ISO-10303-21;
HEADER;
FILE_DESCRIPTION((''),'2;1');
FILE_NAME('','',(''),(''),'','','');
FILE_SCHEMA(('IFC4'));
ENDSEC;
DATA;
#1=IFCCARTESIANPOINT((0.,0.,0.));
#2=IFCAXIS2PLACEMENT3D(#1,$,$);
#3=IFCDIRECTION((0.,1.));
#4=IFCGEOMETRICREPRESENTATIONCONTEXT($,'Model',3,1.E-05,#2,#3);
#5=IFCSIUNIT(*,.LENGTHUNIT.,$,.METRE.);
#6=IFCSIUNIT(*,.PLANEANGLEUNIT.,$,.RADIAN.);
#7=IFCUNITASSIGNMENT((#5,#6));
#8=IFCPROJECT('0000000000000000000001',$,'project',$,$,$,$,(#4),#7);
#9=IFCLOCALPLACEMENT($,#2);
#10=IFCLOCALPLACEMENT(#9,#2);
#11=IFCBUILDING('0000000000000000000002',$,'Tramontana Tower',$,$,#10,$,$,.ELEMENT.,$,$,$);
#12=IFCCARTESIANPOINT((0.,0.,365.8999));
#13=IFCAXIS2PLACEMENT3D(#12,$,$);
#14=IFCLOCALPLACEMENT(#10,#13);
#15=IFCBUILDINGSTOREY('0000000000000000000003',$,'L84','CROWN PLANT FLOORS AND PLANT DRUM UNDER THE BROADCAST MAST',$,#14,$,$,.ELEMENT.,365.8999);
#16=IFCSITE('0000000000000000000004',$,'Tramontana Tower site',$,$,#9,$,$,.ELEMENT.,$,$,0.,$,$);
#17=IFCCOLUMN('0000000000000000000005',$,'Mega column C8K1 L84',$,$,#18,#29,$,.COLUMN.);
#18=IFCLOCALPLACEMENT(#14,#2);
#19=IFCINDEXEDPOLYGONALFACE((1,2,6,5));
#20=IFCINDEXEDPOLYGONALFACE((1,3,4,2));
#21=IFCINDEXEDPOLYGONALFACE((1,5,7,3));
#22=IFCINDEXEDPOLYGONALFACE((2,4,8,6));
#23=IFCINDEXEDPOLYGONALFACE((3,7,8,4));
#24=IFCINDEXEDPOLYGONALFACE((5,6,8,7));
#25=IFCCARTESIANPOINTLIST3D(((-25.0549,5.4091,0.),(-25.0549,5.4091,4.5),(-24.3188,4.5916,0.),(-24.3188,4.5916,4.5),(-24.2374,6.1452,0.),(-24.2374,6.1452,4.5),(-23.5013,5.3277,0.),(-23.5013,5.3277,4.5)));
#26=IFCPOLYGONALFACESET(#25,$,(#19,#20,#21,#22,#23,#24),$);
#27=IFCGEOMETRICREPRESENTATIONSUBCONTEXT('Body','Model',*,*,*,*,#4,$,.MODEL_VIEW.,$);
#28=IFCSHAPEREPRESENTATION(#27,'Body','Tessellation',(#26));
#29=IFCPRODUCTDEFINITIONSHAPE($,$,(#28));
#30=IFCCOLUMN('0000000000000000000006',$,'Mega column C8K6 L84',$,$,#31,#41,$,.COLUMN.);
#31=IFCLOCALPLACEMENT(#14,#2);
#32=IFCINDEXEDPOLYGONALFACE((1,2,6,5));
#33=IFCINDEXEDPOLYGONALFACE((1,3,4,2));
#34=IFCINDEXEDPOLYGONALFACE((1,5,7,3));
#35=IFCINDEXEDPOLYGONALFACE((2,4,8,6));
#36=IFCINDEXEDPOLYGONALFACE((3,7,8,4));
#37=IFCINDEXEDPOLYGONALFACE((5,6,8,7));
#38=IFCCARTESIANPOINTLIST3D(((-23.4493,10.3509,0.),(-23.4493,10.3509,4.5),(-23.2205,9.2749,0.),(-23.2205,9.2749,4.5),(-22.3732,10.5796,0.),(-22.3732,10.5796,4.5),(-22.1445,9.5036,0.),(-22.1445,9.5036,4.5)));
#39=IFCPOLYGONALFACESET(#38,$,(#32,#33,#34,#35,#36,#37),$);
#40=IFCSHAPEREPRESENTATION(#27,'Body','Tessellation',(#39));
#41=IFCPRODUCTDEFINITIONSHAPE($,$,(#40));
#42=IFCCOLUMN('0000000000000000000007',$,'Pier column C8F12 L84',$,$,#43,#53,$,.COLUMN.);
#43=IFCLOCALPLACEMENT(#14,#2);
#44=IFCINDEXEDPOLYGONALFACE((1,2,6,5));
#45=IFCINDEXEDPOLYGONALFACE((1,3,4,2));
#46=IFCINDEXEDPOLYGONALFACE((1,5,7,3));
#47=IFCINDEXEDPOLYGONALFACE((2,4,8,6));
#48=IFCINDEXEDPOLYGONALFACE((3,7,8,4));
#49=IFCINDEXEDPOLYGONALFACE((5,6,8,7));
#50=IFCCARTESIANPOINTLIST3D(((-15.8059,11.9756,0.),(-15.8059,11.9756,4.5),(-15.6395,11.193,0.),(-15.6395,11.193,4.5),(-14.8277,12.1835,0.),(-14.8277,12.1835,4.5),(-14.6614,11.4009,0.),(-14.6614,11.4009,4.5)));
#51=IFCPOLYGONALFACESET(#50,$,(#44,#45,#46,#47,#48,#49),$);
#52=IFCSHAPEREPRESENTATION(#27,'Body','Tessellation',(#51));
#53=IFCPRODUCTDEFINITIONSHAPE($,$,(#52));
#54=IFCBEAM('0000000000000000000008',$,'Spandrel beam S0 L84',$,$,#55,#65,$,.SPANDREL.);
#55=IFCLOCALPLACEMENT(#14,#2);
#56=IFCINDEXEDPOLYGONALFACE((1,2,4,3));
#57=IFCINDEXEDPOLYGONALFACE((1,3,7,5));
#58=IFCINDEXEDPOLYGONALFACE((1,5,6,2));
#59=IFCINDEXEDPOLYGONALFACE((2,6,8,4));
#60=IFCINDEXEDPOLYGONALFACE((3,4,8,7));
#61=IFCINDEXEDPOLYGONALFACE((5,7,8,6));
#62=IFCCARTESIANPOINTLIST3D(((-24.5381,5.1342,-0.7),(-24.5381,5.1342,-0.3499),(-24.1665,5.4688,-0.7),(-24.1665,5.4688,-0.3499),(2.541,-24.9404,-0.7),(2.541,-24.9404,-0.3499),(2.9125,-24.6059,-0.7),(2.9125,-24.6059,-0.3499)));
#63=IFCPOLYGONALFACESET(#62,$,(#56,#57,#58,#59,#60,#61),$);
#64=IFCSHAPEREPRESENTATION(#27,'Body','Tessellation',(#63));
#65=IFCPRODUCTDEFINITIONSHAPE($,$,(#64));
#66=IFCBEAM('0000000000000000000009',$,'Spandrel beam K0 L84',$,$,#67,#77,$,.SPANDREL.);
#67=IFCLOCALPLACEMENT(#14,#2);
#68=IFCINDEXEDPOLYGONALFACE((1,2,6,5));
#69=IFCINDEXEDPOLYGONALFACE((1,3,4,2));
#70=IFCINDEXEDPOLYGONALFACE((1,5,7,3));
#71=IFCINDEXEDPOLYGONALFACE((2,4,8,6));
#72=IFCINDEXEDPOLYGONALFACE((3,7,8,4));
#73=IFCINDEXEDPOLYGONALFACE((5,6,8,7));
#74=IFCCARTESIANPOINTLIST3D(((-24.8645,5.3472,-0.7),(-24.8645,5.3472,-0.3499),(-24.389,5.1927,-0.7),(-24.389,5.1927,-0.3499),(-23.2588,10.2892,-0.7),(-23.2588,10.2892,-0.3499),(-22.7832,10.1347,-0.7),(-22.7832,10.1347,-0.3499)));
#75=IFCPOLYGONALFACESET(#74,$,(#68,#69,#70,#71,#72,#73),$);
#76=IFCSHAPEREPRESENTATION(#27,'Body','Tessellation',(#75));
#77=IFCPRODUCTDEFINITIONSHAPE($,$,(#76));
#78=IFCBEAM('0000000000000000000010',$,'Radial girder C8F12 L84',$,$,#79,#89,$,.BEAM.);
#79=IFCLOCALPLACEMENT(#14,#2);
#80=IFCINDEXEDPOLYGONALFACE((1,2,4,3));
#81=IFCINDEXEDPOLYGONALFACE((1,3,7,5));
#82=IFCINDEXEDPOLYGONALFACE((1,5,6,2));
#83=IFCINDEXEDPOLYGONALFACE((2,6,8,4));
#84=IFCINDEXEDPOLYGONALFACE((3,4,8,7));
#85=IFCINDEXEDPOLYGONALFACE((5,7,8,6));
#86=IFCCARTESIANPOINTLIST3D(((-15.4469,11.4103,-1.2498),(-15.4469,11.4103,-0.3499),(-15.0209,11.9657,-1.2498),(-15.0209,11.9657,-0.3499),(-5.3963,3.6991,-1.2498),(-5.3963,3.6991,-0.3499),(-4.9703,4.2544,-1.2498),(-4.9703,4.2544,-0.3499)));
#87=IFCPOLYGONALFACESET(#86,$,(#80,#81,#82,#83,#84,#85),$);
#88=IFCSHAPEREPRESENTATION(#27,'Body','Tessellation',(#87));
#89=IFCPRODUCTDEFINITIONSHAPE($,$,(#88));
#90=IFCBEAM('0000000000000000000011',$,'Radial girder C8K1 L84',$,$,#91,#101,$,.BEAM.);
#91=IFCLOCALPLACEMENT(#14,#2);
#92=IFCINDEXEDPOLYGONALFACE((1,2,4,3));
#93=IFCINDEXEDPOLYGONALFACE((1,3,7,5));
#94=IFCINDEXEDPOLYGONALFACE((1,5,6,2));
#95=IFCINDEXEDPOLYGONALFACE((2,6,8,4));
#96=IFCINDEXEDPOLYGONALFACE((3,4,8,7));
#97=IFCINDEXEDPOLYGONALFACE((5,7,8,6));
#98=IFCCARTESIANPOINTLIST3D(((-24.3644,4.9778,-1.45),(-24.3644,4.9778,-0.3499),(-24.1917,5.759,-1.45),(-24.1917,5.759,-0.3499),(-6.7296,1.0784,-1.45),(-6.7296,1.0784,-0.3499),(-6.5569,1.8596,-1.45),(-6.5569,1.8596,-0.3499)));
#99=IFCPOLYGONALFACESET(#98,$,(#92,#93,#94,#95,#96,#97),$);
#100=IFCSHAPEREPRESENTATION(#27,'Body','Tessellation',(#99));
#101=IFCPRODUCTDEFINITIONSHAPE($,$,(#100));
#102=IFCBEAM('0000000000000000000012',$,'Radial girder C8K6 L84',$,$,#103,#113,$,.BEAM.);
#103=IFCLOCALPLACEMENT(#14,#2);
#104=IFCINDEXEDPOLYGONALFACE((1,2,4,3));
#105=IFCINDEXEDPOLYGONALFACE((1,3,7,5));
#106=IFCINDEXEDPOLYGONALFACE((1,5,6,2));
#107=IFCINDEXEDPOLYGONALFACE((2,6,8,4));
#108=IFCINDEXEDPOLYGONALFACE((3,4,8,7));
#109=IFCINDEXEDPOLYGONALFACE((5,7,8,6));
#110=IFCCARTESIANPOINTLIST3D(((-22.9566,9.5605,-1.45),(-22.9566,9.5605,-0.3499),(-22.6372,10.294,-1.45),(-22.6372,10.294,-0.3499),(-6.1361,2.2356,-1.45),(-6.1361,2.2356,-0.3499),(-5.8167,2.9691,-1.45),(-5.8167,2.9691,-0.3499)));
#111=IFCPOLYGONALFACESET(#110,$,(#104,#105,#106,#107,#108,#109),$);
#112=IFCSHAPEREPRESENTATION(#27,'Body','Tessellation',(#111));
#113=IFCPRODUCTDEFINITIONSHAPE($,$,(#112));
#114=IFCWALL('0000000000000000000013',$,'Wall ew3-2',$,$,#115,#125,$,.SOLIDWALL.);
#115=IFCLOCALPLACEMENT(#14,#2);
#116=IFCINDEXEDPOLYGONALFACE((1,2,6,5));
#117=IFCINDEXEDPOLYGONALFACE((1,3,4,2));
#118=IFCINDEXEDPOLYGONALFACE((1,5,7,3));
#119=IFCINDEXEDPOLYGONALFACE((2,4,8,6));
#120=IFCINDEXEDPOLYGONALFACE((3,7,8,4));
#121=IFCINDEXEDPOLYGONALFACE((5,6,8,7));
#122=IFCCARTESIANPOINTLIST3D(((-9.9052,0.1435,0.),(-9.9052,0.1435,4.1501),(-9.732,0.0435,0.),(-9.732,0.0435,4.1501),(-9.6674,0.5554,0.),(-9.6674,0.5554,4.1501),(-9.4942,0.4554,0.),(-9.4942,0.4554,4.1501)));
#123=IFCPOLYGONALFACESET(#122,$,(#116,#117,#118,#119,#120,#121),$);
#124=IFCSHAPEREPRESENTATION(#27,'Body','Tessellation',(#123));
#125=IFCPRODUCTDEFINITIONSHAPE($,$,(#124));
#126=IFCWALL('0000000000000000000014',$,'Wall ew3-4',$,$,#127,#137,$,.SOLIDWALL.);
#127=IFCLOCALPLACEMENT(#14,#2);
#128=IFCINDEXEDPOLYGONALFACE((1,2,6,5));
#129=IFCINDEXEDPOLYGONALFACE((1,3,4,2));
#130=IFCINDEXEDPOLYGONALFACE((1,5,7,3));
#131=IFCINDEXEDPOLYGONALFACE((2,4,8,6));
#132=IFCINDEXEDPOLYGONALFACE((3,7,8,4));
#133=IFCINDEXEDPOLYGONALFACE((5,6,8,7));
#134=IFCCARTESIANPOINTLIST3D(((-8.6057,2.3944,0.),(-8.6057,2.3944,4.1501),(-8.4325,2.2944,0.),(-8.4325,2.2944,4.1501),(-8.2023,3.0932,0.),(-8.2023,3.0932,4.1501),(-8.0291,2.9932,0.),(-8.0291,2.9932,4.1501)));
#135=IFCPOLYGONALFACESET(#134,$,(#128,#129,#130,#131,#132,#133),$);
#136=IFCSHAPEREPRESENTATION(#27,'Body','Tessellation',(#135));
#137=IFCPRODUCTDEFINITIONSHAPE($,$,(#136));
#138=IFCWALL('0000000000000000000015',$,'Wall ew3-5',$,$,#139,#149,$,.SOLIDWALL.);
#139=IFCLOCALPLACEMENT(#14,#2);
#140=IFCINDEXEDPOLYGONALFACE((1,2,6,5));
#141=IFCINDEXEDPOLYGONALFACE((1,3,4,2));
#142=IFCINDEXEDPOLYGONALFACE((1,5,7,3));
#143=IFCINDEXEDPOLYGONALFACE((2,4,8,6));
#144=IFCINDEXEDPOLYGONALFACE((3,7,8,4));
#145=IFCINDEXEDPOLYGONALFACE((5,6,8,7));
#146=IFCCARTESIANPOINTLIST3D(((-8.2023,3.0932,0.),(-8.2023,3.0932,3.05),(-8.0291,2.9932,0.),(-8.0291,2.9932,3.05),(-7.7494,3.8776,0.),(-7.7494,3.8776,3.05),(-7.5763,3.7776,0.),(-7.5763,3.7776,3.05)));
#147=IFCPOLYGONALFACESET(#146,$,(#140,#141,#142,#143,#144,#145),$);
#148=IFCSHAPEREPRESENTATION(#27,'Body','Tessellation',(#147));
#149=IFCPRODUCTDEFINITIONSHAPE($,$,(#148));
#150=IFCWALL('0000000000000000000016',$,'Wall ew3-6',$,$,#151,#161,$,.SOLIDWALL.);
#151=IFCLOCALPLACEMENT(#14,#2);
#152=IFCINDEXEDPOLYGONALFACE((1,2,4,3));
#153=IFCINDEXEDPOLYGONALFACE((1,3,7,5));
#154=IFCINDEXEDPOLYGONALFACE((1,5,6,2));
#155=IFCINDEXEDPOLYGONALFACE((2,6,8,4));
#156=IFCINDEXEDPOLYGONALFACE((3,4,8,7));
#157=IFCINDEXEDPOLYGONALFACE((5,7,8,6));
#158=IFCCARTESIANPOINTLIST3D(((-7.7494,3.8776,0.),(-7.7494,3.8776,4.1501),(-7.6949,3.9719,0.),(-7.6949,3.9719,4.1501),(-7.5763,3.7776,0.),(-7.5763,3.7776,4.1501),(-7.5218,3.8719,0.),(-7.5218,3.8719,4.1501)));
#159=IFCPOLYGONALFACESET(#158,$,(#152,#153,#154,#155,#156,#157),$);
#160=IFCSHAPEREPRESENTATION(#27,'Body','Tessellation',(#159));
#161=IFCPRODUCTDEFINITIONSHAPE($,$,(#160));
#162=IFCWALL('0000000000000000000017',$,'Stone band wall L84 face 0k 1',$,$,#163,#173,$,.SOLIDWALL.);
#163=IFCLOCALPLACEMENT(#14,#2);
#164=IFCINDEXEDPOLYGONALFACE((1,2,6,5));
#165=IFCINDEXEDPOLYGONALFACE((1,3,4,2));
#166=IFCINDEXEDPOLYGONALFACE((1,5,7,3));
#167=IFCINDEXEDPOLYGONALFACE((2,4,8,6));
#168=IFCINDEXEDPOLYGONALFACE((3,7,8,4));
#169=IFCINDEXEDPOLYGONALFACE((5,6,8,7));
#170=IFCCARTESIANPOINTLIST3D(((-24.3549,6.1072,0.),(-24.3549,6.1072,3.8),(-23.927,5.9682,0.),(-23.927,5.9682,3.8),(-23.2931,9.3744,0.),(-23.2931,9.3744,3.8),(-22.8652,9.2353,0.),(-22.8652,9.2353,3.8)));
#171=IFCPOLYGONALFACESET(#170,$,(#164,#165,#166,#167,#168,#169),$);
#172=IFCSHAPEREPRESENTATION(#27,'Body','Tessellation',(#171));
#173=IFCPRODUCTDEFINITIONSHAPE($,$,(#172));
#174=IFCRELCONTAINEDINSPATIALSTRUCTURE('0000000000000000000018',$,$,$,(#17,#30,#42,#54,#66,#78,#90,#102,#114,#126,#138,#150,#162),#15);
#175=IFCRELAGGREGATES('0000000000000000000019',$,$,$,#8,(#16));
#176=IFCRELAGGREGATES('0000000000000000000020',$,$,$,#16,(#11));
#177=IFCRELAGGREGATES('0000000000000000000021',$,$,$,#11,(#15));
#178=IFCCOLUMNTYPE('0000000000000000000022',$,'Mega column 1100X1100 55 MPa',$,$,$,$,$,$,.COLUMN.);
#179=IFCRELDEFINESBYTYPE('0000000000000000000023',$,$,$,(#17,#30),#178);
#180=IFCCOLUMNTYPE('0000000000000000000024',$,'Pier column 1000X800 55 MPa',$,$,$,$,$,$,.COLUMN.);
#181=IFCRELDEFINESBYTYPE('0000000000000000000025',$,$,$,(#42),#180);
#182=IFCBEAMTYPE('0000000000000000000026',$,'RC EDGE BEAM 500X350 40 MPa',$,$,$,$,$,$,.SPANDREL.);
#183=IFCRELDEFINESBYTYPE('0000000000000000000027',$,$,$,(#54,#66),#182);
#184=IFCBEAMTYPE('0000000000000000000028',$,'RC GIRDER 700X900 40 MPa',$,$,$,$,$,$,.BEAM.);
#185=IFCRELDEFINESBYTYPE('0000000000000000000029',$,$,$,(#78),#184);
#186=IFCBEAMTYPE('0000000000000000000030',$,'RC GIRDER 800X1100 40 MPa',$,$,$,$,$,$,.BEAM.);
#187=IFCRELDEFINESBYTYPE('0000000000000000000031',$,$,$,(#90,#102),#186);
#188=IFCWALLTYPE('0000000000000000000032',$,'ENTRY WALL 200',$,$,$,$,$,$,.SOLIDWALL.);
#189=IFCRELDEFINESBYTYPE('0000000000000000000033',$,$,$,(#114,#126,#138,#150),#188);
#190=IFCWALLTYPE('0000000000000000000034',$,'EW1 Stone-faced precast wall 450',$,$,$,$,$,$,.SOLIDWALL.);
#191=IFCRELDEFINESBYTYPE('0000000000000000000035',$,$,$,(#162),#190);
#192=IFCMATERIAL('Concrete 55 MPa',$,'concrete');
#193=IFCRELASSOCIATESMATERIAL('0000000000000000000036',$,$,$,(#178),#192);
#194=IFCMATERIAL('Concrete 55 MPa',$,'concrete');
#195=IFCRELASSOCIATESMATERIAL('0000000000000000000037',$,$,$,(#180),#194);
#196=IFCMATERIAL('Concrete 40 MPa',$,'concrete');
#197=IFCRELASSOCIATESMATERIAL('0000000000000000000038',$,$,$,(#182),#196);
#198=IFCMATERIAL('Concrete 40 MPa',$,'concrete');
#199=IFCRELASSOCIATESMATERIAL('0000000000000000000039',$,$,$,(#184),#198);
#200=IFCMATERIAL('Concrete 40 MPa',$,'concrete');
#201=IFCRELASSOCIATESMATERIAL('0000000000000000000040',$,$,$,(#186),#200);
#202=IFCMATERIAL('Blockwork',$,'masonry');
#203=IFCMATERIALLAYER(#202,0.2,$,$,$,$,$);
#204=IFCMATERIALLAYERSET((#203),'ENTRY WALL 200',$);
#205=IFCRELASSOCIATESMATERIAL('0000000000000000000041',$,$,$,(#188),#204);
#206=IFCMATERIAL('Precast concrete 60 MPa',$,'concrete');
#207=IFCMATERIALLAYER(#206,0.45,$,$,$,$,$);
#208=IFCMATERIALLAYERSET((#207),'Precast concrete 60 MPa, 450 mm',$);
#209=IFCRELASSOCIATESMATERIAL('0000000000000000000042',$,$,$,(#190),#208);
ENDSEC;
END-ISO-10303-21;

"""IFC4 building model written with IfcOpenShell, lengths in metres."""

from ifc_helpers import new_model, si_unit, direction, frame, frame_2d, origin, origin_2d, place, context, subcontext, project, spatial, rectangle, extrude, material, layer, layer_set, material_profile, profile_set, type_object, element, save


model = new_model("IFC4")

# Units and contexts
model_context = context("Model", 3, precision=1e-05, world=origin(), true_north=direction((0.0, 1.0)))
body_context = subcontext(model_context, "Body", "Model", "MODEL_VIEW")
ifc_project = project(units=[si_unit("LENGTHUNIT", "METRE"), si_unit("PLANEANGLEUNIT", "RADIAN")], contexts=[model_context])

# Site, building, storey
site_placement = place(None, origin())
site = spatial("IfcSite", under=ifc_project, at=site_placement, Name="Tramontana Tower site", CompositionType="ELEMENT", RefElevation=0.0)
building_placement = place(site_placement, origin())
building = spatial("IfcBuilding", under=site, at=building_placement, Name="Tramontana Tower", CompositionType="ELEMENT")
storey_placement = place(building_placement, frame((0.0, 0.0, 365.8999)))
storey = spatial("IfcBuildingStorey", under=building, at=storey_placement, Name="L84", Description="CROWN PLANT FLOORS AND PLANT DRUM UNDER THE BROADCAST MAST", CompositionType="ELEMENT", Elevation=365.8999)

# Columns
ifc_material_1 = material(Name="Concrete 55 MPa", Category="concrete")
ifc_material_profile_1 = material_profile(ifc_material_1, rectangle(XDim=1.1001, YDim=1.1001, at=origin_2d()), Name="Mega column 1100X1100 55 MPa")
ifc_profile_set_1 = profile_set([ifc_material_profile_1], Name="Concrete 55 MPa")
column_type_1 = type_object("IfcColumnType", Name="Mega column 1100X1100 55 MPa", PredefinedType="COLUMN", material=ifc_profile_set_1)
for number, where, z_axis, x_axis, name in (
    (1, (-24.2781, 5.3684, 0.0), (0.0, 0.0, 1.0), (0.669131, -0.743145, 0.0), "Mega column C8K1 L84"),
    (2, (-22.7969, 9.9272, 0.0), (0.0, 0.0, 1.0), (-0.978148, -0.207912, 0.0), "Mega column C8K6 L84"),
):
    element("IfcColumn", number, at=place(storey_placement, frame(where, z_axis=z_axis, x_axis=x_axis)), inside=storey, type_object=column_type_1, Name=name, PredefinedType="COLUMN", context=body_context, shape_type="SweptSolid", body=[
        extrude(rectangle(XDim=1.1001, YDim=1.1001, at=origin_2d()), origin(), (0.0, 0.0, 1.0), 4.5),
    ])
ifc_material_2 = material(Name="Concrete 55 MPa", Category="concrete")
ifc_material_profile_2 = material_profile(ifc_material_2, rectangle(XDim=1.0, YDim=0.8, at=origin_2d()), Name="Pier column 1000X800 55 MPa")
ifc_profile_set_2 = profile_set([ifc_material_profile_2], Name="Concrete 55 MPa")
column_type_2 = type_object("IfcColumnType", Name="Pier column 1000X800 55 MPa", PredefinedType="COLUMN", material=ifc_profile_set_2)
column_placement = place(storey_placement, frame((-15.2336, 11.6882, 0.0), z_axis=(0.0, 0.0, 1.0), x_axis=(-0.978148, -0.207912, 0.0)))
element("IfcColumn", 3, at=column_placement, inside=storey, type_object=column_type_2, Name="Pier column C8F12 L84", PredefinedType="COLUMN", context=body_context, shape_type="SweptSolid", body=[
    extrude(rectangle(XDim=1.0, YDim=0.8, at=origin_2d()), origin(), (0.0, 0.0, 1.0), 4.5),
])

# Beams
ifc_material_3 = material(Name="Concrete 40 MPa", Category="concrete")
ifc_material_profile_3 = material_profile(ifc_material_3, rectangle(XDim=0.5, YDim=0.3501, at=origin_2d()), Name="RC EDGE BEAM 500X350 40 MPa")
ifc_profile_set_3 = profile_set([ifc_material_profile_3], Name="Concrete 40 MPa")
beam_type_1 = type_object("IfcBeamType", Name="RC EDGE BEAM 500X350 40 MPa", PredefinedType="SPANDREL", material=ifc_profile_set_3)
beam_1_placement = place(storey_placement, frame((-24.3523, 5.3015, -0.5249), z_axis=(0.669127, -0.743148, 0.0), x_axis=(0.743148, 0.669127, 0.0)))
element("IfcBeam", 4, at=beam_1_placement, inside=storey, type_object=beam_type_1, Name="Spandrel beam S0 L84", PredefinedType="SPANDREL", context=body_context, shape_type="SweptSolid", body=[
    extrude(rectangle(XDim=0.5, YDim=0.3501, at=origin_2d()), origin(), (0.0, 0.0, 1.0), 40.4692),
])
beam_2_placement = place(storey_placement, frame((-23.021, 10.2119, -0.5249), z_axis=(-0.309016, -0.951057, 0.0), x_axis=(0.951057, -0.309016, 0.0)))
element("IfcBeam", 5, at=beam_2_placement, inside=storey, type_object=beam_type_1, Name="Spandrel beam K0 L84", PredefinedType="SPANDREL", context=body_context, shape_type="SweptSolid", body=[
    extrude(rectangle(XDim=0.5, YDim=0.3501, at=origin_2d()), origin(), (0.0, 0.0, 1.0), 5.1963),
])
ifc_material_4 = material(Name="Concrete 40 MPa", Category="concrete")
ifc_material_profile_4 = material_profile(ifc_material_4, rectangle(XDim=0.7, YDim=0.8999, at=origin_2d()), Name="RC GIRDER 700X900 40 MPa")
ifc_profile_set_4 = profile_set([ifc_material_profile_4], Name="Concrete 40 MPa")
beam_type_2 = type_object("IfcBeamType", Name="RC GIRDER 700X900 40 MPa", PredefinedType="BEAM", material=ifc_profile_set_4)
beam_3_placement = place(storey_placement, frame((-15.2339, 11.688, -0.7998), z_axis=(0.793386, -0.608718, 0.0), x_axis=(0.608718, 0.793386, 0.0)))
element("IfcBeam", 6, at=beam_3_placement, inside=storey, type_object=beam_type_2, Name="Radial girder C8F12 L84", PredefinedType="BEAM", context=body_context, shape_type="SweptSolid", body=[
    extrude(rectangle(XDim=0.7, YDim=0.8999, at=origin_2d()), origin(), (0.0, 0.0, 1.0), 12.668),
])
ifc_material_5 = material(Name="Concrete 40 MPa", Category="concrete")
ifc_material_profile_5 = material_profile(ifc_material_5, rectangle(XDim=0.8, YDim=1.1001, at=origin_2d()), Name="RC GIRDER 800X1100 40 MPa")
ifc_profile_set_5 = profile_set([ifc_material_profile_5], Name="Concrete 40 MPa")
beam_type_3 = type_object("IfcBeamType", Name="RC GIRDER 800X1100 40 MPa", PredefinedType="BEAM", material=ifc_profile_set_5)
beam_4_placement = place(storey_placement, frame((-24.2781, 5.3684, -0.8999), z_axis=(0.976414, -0.215906, 0.0), x_axis=(0.215906, 0.976414, 0.0)))
element("IfcBeam", 7, at=beam_4_placement, inside=storey, type_object=beam_type_3, Name="Radial girder C8K1 L84", PredefinedType="BEAM", context=body_context, shape_type="SweptSolid", body=[
    extrude(rectangle(XDim=0.8, YDim=1.1001, at=origin_2d()), origin(), (0.0, 0.0, 1.0), 18.0608),
])
beam_5_placement = place(storey_placement, frame((-22.7969, 9.9272, -0.8999), z_axis=(0.916837, -0.399261, 0.0), x_axis=(0.399261, 0.916837, 0.0)))
element("IfcBeam", 8, at=beam_5_placement, inside=storey, type_object=beam_type_3, Name="Radial girder C8K6 L84", PredefinedType="BEAM", context=body_context, shape_type="SweptSolid", body=[
    extrude(rectangle(XDim=0.8, YDim=1.1001, at=origin_2d()), origin(), (0.0, 0.0, 1.0), 18.3462),
])

# Wall
ifc_material_6 = material(Name="Blockwork", Category="masonry")
ifc_layer_1 = layer(ifc_material_6, 0.2)
ifc_layer_set_1 = layer_set([ifc_layer_1], Name="ENTRY WALL 200")
wall_type_1 = type_object("IfcWallType", Name="ENTRY WALL 200", PredefinedType="SOLIDWALL", material=ifc_layer_set_1)
wall_1_placement = place(storey_placement, frame((-9.8186, 0.0935, 0.0), z_axis=(0.0, 0.0, 1.0), x_axis=(0.500004, 0.866023, 0.0)))
element("IfcWall", 9, at=wall_1_placement, inside=storey, type_object=wall_type_1, Name="Wall ew3-2", PredefinedType="SOLIDWALL", context=body_context, shape_type="SweptSolid", body=[
    extrude(rectangle(XDim=0.4756, YDim=0.2, at=frame_2d((0.2378, 0.0))), origin(), (0.0, 0.0, 1.0), 4.1501),
])

# Walls
wall_2_placement = place(storey_placement, frame((-8.519, 2.3445, 0.0), z_axis=(0.0, 0.0, 1.0), x_axis=(0.499915, 0.866075, 0.0)))
element("IfcWall", 10, at=wall_2_placement, inside=storey, type_object=wall_type_1, Name="Wall ew3-4", PredefinedType="SOLIDWALL", context=body_context, shape_type="SweptSolid", body=[
    extrude(rectangle(XDim=0.8069, YDim=0.2, at=frame_2d((0.4033, 0.0))), origin(), (0.0, 0.0, 1.0), 4.1501),
])
wall_3_placement = place(storey_placement, frame((-8.1157, 3.0432, 0.0), z_axis=(0.0, 0.0, 1.0), x_axis=(0.499995, 0.866028, 0.0)))
element("IfcWall", 11, at=wall_3_placement, inside=storey, type_object=wall_type_1, Name="Wall ew3-5", PredefinedType="SOLIDWALL", context=body_context, shape_type="SweptSolid", body=[
    extrude(rectangle(XDim=0.9058, YDim=0.2, at=frame_2d((0.4529, 0.0))), origin(), (0.0, 0.0, 1.0), 3.05),
])
wall_4_placement = place(storey_placement, frame((-7.6628, 3.8276, 0.0), z_axis=(0.0, 0.0, 1.0), x_axis=(0.50024, 0.865887, 0.0)))
element("IfcWall", 12, at=wall_4_placement, inside=storey, type_object=wall_type_1, Name="Wall ew3-6", PredefinedType="SOLIDWALL", context=body_context, shape_type="SweptSolid", body=[
    extrude(rectangle(XDim=0.1089, YDim=0.2, at=frame_2d((0.0544, 0.0))), origin(), (0.0, 0.0, 1.0), 4.1501),
])

# Wall
ifc_material_7 = material(Name="Precast concrete 60 MPa", Category="concrete")
ifc_layer_2 = layer(ifc_material_7, 0.45)
ifc_layer_set_2 = layer_set([ifc_layer_2], Name="Precast concrete 60 MPa, 450 mm")
wall_type_2 = type_object("IfcWallType", Name="EW1 Stone-faced precast wall 450", PredefinedType="SOLIDWALL", material=ifc_layer_set_2)
wall_5_placement = place(storey_placement, frame((-23.0791, 9.3049, 0.0), z_axis=(0.0, 0.0, 1.0), x_axis=(-0.309076, -0.951037, 0.0)))
element("IfcWall", 13, at=wall_5_placement, inside=storey, type_object=wall_type_2, Name="Stone band wall L84 face 0k 1", PredefinedType="SOLIDWALL", context=body_context, shape_type="SweptSolid", body=[
    extrude(rectangle(XDim=3.4353, YDim=0.45, at=frame_2d((1.7178, 0.0))), origin(), (0.0, 0.0, 1.0), 3.8),
])

save(model, "model.ifc")
